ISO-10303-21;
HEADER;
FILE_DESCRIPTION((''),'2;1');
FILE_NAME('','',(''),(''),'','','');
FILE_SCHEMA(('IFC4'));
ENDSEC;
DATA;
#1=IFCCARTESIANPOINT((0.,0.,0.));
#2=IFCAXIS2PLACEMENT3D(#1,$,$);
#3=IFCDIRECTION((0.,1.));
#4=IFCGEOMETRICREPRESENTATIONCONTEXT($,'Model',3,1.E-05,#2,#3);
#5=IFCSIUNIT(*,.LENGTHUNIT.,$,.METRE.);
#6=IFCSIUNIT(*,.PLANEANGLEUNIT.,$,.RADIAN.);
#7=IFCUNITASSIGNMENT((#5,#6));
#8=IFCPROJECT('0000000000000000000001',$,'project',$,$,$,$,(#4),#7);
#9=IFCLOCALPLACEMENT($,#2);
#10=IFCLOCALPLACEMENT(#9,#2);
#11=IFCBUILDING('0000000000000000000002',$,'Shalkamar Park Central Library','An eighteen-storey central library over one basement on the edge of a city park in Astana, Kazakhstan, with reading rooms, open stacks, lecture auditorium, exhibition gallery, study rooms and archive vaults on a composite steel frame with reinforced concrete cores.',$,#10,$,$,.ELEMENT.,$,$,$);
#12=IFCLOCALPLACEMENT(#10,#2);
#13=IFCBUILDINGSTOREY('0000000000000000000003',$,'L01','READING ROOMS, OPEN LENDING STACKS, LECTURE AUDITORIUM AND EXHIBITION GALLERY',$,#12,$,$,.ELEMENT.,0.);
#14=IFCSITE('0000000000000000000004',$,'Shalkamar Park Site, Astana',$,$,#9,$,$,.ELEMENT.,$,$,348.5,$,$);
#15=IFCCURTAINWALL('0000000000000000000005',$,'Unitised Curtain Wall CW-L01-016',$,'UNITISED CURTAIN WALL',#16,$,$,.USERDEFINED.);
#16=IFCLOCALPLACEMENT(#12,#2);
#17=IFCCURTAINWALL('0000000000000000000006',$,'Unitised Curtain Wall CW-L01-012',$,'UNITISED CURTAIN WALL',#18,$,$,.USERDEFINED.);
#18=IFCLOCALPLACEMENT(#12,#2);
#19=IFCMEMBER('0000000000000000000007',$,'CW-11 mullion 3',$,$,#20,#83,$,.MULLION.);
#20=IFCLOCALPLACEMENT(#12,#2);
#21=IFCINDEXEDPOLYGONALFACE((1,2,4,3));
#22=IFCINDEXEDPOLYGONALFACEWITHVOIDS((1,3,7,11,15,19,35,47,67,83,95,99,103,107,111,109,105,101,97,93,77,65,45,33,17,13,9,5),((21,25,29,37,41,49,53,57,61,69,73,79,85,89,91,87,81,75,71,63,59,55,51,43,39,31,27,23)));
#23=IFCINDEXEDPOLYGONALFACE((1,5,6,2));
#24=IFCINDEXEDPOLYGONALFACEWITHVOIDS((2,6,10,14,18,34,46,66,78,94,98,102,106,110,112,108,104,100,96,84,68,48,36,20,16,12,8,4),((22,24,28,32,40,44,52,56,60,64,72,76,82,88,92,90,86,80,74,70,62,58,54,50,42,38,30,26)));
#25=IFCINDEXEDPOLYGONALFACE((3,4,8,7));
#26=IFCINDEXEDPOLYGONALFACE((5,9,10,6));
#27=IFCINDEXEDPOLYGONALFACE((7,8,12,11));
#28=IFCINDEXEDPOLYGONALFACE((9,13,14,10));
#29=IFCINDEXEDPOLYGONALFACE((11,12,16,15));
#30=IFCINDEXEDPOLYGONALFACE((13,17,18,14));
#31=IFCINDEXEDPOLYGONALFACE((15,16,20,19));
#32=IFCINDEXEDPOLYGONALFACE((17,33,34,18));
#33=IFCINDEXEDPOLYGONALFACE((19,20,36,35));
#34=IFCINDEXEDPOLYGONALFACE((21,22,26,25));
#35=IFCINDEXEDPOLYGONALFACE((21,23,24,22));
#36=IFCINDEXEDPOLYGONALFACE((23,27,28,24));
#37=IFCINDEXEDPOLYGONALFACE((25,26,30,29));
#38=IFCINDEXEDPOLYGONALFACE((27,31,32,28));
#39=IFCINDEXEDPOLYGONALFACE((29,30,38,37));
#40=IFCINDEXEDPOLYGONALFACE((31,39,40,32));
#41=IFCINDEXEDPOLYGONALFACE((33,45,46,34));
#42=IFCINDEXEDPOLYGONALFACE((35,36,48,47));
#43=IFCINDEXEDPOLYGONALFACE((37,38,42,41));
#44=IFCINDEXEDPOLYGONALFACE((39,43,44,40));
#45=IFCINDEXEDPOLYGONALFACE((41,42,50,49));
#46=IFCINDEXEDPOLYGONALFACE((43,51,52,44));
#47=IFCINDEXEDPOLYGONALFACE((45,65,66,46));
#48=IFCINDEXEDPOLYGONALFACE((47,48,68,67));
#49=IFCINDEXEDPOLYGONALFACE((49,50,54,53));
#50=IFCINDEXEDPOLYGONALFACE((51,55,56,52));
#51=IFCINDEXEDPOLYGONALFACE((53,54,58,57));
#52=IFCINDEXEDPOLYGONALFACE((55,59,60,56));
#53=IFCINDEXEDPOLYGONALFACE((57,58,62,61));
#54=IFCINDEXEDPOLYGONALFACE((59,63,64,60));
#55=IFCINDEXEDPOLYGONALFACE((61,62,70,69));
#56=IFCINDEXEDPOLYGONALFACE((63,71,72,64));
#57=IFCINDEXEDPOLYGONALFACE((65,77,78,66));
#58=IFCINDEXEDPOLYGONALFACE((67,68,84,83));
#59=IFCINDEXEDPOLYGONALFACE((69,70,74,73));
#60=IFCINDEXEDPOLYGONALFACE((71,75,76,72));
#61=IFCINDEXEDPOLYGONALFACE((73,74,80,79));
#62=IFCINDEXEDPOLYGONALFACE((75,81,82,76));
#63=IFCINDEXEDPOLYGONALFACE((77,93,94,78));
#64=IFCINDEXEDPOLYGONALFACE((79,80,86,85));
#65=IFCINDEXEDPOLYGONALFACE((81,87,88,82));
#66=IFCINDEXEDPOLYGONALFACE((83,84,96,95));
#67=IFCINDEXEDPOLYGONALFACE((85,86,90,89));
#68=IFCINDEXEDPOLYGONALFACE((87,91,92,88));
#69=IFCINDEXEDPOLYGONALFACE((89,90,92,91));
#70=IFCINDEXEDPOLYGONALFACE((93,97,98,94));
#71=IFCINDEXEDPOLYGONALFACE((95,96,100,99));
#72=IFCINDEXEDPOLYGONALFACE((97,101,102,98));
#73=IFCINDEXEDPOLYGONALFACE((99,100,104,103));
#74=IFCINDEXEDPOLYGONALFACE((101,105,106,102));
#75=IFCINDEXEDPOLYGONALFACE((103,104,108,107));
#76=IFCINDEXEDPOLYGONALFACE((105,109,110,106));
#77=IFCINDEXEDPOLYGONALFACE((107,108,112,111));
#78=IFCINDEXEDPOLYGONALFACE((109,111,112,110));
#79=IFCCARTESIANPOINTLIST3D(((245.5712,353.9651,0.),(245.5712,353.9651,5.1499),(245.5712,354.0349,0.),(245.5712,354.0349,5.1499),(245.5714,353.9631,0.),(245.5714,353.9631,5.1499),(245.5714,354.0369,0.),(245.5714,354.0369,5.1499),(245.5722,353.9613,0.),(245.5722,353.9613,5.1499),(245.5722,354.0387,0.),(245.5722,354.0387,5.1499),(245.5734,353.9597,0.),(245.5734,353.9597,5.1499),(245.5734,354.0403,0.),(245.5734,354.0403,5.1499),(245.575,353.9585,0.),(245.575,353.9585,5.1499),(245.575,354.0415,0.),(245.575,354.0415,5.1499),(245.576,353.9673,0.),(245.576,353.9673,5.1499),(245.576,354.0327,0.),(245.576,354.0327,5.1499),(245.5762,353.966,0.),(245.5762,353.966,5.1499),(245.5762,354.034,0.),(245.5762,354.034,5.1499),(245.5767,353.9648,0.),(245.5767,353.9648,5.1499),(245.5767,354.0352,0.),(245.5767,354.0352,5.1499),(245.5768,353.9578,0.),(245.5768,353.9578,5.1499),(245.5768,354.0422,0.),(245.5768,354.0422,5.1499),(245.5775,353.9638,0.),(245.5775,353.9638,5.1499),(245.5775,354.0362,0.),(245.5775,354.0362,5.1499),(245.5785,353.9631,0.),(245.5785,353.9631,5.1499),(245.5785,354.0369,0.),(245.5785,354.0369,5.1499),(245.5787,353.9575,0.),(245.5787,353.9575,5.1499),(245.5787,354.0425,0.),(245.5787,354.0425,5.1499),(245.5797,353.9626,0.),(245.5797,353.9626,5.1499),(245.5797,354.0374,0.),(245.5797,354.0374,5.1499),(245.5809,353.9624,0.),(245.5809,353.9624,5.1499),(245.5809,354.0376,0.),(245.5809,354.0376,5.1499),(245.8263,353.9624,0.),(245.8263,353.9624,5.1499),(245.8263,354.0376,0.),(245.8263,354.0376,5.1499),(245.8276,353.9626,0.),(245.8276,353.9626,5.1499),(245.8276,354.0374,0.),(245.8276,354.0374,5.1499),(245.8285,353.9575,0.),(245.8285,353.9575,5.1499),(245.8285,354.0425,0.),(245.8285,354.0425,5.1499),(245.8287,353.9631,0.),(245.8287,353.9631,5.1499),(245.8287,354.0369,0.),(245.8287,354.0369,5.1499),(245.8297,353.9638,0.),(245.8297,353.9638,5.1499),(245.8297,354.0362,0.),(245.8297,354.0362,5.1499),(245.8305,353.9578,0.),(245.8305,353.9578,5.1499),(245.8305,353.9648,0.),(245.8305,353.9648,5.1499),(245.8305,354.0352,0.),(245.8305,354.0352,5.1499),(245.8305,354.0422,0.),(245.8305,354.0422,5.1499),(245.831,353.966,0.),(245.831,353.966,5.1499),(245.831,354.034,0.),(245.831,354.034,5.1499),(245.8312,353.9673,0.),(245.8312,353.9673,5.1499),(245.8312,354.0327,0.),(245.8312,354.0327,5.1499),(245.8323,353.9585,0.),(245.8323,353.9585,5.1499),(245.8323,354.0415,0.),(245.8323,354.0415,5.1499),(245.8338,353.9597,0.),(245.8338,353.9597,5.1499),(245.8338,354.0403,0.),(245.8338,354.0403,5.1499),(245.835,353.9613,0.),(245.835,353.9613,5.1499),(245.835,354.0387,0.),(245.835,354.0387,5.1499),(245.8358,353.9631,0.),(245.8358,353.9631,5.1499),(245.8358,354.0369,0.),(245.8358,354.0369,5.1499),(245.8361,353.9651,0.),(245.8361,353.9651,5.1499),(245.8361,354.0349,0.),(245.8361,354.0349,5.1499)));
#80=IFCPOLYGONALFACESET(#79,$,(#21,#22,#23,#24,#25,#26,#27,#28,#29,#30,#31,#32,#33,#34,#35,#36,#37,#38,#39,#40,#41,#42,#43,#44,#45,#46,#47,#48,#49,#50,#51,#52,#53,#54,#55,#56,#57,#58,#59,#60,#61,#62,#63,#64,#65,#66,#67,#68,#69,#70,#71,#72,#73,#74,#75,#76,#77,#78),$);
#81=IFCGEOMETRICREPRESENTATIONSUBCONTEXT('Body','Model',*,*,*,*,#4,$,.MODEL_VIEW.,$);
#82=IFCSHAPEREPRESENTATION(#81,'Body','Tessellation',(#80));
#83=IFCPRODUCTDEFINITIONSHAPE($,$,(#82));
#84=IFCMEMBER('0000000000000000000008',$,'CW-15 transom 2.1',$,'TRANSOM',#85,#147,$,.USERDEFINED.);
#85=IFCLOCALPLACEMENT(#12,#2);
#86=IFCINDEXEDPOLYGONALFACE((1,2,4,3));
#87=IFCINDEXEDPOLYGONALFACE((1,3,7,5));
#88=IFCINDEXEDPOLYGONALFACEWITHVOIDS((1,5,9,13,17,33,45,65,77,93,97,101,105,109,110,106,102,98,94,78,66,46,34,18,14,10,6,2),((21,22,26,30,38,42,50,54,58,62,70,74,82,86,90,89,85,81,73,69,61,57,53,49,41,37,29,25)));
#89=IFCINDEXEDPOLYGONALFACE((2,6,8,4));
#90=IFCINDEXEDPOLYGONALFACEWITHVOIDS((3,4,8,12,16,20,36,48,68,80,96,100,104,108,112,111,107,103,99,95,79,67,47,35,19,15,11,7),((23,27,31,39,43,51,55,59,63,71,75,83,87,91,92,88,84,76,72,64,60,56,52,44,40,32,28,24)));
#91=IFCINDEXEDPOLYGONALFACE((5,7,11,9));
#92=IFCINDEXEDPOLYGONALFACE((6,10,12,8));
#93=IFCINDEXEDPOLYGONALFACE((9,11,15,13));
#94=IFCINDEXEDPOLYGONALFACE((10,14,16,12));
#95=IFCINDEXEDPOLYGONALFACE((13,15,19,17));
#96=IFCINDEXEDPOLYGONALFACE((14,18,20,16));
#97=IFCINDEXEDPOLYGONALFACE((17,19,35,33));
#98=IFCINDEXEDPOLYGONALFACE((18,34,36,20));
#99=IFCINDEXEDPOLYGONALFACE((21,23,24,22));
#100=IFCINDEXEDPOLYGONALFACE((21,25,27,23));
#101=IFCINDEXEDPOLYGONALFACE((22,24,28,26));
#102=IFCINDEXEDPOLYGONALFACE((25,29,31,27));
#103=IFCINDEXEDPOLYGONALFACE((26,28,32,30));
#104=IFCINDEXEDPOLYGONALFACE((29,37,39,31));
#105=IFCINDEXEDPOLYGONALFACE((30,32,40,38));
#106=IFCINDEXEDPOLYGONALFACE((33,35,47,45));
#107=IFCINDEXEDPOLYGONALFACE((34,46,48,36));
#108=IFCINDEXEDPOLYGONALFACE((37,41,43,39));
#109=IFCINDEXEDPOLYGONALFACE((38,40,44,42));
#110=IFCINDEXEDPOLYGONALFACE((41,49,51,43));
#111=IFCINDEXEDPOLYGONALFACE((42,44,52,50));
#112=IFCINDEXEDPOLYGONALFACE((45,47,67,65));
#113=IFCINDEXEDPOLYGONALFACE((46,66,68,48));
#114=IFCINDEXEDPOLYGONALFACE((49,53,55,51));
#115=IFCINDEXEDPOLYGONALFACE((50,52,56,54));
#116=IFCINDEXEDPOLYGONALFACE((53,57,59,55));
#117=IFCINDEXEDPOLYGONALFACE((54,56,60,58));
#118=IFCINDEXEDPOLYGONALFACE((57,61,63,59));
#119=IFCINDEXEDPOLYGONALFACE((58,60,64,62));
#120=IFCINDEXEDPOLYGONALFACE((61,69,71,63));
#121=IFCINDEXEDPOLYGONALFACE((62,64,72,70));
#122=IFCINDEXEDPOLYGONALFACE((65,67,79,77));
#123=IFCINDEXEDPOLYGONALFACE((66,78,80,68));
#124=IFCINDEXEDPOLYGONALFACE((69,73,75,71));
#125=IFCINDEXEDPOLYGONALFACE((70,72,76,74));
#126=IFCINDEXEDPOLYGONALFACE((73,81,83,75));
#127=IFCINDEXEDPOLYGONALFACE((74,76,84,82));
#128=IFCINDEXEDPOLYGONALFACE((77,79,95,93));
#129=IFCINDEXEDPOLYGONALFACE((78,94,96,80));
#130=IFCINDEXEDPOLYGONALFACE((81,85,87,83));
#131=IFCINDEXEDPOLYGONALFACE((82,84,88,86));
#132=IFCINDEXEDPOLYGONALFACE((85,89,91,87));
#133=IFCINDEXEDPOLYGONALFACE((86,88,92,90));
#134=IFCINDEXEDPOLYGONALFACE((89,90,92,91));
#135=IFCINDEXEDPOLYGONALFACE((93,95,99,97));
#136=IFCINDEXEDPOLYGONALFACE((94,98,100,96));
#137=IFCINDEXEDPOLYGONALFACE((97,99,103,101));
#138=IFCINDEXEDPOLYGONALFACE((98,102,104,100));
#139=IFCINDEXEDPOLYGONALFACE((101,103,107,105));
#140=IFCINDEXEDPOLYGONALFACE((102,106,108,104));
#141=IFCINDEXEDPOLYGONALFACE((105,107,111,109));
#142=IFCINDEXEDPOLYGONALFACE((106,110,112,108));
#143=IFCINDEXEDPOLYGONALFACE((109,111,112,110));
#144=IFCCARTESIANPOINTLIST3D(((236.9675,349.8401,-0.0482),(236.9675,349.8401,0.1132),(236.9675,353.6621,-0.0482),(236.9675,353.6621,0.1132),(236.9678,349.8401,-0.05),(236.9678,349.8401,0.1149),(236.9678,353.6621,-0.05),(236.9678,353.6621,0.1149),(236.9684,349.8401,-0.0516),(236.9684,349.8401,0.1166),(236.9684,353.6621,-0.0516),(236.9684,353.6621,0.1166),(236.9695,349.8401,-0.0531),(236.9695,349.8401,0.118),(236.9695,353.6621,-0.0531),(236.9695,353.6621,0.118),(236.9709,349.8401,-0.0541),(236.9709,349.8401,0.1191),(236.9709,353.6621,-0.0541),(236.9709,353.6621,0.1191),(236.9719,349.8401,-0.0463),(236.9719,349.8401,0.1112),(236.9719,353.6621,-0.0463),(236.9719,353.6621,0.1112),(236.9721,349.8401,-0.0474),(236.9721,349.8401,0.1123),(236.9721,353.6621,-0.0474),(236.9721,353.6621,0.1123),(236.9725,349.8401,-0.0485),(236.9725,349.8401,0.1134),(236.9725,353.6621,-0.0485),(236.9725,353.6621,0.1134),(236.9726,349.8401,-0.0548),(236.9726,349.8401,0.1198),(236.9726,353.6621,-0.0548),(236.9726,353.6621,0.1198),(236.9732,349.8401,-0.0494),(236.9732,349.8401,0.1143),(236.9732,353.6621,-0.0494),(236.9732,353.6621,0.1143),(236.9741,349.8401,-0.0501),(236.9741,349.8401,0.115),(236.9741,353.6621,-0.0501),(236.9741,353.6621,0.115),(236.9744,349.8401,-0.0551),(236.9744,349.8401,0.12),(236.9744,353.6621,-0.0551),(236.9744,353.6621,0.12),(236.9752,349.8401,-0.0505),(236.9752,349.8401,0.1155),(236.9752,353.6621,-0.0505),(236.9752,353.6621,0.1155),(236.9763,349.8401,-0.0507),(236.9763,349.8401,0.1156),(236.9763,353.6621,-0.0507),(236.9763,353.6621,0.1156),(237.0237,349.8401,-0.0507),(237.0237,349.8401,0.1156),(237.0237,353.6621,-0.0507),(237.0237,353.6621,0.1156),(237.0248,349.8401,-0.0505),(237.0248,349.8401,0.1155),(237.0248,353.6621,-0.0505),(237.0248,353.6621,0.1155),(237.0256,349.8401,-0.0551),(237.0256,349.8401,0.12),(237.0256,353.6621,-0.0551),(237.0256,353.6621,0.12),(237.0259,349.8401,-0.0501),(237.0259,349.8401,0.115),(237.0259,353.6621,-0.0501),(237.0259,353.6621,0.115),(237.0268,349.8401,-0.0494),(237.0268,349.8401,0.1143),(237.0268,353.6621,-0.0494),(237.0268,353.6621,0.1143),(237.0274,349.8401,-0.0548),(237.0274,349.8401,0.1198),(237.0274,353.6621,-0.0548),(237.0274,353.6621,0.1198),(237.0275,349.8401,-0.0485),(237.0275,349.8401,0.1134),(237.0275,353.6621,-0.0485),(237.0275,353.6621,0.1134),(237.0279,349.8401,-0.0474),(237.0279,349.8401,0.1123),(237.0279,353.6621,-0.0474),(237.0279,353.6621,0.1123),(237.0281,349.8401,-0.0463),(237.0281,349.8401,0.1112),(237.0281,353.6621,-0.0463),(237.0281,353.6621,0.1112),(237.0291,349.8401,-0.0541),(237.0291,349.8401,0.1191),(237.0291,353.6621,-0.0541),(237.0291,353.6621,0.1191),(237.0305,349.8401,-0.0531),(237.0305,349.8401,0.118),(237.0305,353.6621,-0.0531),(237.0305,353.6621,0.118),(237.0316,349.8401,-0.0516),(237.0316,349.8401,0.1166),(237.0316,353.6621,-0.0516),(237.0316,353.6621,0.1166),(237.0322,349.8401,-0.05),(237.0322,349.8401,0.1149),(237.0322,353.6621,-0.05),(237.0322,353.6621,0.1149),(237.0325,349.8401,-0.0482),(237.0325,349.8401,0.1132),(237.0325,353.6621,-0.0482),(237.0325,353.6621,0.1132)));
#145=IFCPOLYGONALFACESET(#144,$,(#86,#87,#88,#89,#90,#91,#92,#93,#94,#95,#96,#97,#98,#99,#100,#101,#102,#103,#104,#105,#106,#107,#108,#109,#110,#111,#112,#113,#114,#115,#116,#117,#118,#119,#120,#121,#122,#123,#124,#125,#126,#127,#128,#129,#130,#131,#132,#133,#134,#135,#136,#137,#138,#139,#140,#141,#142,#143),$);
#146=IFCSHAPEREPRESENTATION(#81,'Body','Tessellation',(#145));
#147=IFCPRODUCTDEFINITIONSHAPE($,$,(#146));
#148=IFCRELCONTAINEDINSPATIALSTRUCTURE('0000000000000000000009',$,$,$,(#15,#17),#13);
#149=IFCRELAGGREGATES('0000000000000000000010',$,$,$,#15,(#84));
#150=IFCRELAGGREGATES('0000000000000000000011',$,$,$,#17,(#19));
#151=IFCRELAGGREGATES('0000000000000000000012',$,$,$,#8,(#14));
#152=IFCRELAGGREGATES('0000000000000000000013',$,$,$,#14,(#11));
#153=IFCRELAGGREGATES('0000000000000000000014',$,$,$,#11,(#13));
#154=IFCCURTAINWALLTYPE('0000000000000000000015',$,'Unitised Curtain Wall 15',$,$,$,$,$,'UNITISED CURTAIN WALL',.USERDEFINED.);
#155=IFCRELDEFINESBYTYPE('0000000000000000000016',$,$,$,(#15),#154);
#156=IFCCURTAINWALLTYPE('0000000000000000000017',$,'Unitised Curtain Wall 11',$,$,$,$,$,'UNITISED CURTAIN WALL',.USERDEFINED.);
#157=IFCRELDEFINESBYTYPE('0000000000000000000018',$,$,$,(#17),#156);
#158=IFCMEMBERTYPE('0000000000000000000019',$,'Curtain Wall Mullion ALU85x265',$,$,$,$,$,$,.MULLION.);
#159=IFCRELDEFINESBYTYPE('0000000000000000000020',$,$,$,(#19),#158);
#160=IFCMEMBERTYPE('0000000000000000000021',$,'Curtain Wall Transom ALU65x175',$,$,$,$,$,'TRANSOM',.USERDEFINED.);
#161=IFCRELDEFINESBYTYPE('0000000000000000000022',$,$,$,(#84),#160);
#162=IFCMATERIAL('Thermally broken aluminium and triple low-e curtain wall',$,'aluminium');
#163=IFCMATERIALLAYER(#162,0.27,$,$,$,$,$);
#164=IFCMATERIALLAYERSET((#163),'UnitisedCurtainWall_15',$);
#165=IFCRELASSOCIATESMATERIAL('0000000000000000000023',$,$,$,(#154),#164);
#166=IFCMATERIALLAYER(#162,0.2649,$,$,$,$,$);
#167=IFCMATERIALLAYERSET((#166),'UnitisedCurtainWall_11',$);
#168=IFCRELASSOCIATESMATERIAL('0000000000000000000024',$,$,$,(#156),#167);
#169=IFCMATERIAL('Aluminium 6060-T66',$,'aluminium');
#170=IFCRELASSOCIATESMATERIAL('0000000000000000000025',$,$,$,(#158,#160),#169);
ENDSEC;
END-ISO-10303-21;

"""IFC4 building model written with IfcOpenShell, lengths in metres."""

from ifc_helpers import new_model, si_unit, direction, frame, origin, origin_2d, place, context, subcontext, project, spatial, hollow_rectangle, extrude, material, layer, layer_set, material_profile, profile_set, type_object, element, aggregate, save


model = new_model("IFC4")

# Units and contexts
model_context = context("Model", 3, precision=1e-05, world=origin(), true_north=direction((0.0, 1.0)))
body_context = subcontext(model_context, "Body", "Model", "MODEL_VIEW")
ifc_project = project(units=[si_unit("LENGTHUNIT", "METRE"), si_unit("PLANEANGLEUNIT", "RADIAN")], contexts=[model_context])

# Site, building, storey
site_placement = place(None, origin())
site = spatial("IfcSite", under=ifc_project, at=site_placement, Name="Shalkamar Park Site, Astana", CompositionType="ELEMENT", RefElevation=348.5)
building_placement = place(site_placement, origin())
building = spatial("IfcBuilding", under=site, at=building_placement, Name="Shalkamar Park Central Library", Description="An eighteen-storey central library over one basement on the edge of a city park in Astana, Kazakhstan, with reading rooms, open stacks, lecture auditorium, exhibition gallery, study rooms and archive vaults on a composite steel frame with reinforced concrete cores.", CompositionType="ELEMENT")
storey_placement = place(building_placement, origin())
storey = spatial("IfcBuildingStorey", under=building, at=storey_placement, Name="L01", Description="READING ROOMS, OPEN LENDING STACKS, LECTURE AUDITORIUM AND EXHIBITION GALLERY", CompositionType="ELEMENT", Elevation=0.0)

# Curtain walls, member
ifc_material_1 = material(Name="Thermally broken aluminium and triple low-e curtain wall", Category="aluminium")
ifc_layer_1 = layer(ifc_material_1, 0.27)
ifc_layer_set_1 = layer_set([ifc_layer_1], Name="UnitisedCurtainWall_15")
curtain_wall_type_1 = type_object("IfcCurtainWallType", Name="Unitised Curtain Wall 15", ElementType="UNITISED CURTAIN WALL", PredefinedType="USERDEFINED", material=ifc_layer_set_1)
curtain_wall_1_placement = place(storey_placement, origin())
curtain_wall_1 = element("IfcCurtainWall", 1, at=curtain_wall_1_placement, inside=storey, type_object=curtain_wall_type_1, Name="Unitised Curtain Wall CW-L01-016", ObjectType="UNITISED CURTAIN WALL", PredefinedType="USERDEFINED")
ifc_material_2 = material(Name="Aluminium 6060-T66", Category="aluminium")
ifc_layer_2 = layer(ifc_material_1, 0.2649)
ifc_layer_set_2 = layer_set([ifc_layer_2], Name="UnitisedCurtainWall_11")
curtain_wall_type_2 = type_object("IfcCurtainWallType", Name="Unitised Curtain Wall 11", ElementType="UNITISED CURTAIN WALL", PredefinedType="USERDEFINED", material=ifc_layer_set_2)
curtain_wall_2_placement = place(storey_placement, origin())
curtain_wall_2 = element("IfcCurtainWall", 2, at=curtain_wall_2_placement, inside=storey, type_object=curtain_wall_type_2, Name="Unitised Curtain Wall CW-L01-012", ObjectType="UNITISED CURTAIN WALL", PredefinedType="USERDEFINED")
ifc_material_profile_1 = material_profile(ifc_material_2, hollow_rectangle(XDim=0.085, YDim=0.2649, WallThickness=0.0049, InnerFilletRadius=0.0049, OuterFilletRadius=0.0076, at=origin_2d()), Name="ALU 85x265x5")
ifc_profile_set_1 = profile_set([ifc_material_profile_1], Name="Aluminium 6060-T66")
member_type_1 = type_object("IfcMemberType", Name="Curtain Wall Mullion ALU85x265", PredefinedType="MULLION", material=ifc_profile_set_1)
member_1_placement = place(storey_placement, frame((245.7036, 354.0, 0.0), z_axis=(0.0, 0.0, 1.0), x_axis=(0.0, 1.0, 0.0)))
member_1 = element("IfcMember", 3, at=member_1_placement, type_object=member_type_1, Name="CW-11 mullion 3", PredefinedType="MULLION", context=body_context, shape_type="SweptSolid", body=[
    extrude(hollow_rectangle(XDim=0.085, YDim=0.2649, WallThickness=0.0049, InnerFilletRadius=0.0049, OuterFilletRadius=0.0076, at=origin_2d()), origin(), (0.0, 0.0, 1.0), 5.1499),
])

# Member
ifc_material_profile_2 = material_profile(ifc_material_2, hollow_rectangle(XDim=0.0649, YDim=0.175, WallThickness=0.0044, InnerFilletRadius=0.0044, OuterFilletRadius=0.0068, at=origin_2d()), Name="ALU 65x175x4.5")
ifc_profile_set_2 = profile_set([ifc_material_profile_2], Name="Aluminium 6060-T66")
member_type_2 = type_object("IfcMemberType", Name="Curtain Wall Transom ALU65x175", ElementType="TRANSOM", PredefinedType="USERDEFINED", material=ifc_profile_set_2)
member_2_placement = place(storey_placement, frame((237.0, 349.8401, 0.0325), z_axis=(0.0, 1.0, 0.0), x_axis=(-1.0, 0.0, 0.0)))
member_2 = element("IfcMember", 4, at=member_2_placement, type_object=member_type_2, Name="CW-15 transom 2.1", ObjectType="TRANSOM", PredefinedType="USERDEFINED", context=body_context, shape_type="SweptSolid", body=[
    extrude(hollow_rectangle(XDim=0.0649, YDim=0.175, WallThickness=0.0044, InnerFilletRadius=0.0044, OuterFilletRadius=0.0068, at=origin_2d()), origin(), (0.0, 0.0, 1.0), 3.822),
])

aggregate(curtain_wall_1, [member_2])
aggregate(curtain_wall_2, [member_1])

save(model, "model.ifc")
